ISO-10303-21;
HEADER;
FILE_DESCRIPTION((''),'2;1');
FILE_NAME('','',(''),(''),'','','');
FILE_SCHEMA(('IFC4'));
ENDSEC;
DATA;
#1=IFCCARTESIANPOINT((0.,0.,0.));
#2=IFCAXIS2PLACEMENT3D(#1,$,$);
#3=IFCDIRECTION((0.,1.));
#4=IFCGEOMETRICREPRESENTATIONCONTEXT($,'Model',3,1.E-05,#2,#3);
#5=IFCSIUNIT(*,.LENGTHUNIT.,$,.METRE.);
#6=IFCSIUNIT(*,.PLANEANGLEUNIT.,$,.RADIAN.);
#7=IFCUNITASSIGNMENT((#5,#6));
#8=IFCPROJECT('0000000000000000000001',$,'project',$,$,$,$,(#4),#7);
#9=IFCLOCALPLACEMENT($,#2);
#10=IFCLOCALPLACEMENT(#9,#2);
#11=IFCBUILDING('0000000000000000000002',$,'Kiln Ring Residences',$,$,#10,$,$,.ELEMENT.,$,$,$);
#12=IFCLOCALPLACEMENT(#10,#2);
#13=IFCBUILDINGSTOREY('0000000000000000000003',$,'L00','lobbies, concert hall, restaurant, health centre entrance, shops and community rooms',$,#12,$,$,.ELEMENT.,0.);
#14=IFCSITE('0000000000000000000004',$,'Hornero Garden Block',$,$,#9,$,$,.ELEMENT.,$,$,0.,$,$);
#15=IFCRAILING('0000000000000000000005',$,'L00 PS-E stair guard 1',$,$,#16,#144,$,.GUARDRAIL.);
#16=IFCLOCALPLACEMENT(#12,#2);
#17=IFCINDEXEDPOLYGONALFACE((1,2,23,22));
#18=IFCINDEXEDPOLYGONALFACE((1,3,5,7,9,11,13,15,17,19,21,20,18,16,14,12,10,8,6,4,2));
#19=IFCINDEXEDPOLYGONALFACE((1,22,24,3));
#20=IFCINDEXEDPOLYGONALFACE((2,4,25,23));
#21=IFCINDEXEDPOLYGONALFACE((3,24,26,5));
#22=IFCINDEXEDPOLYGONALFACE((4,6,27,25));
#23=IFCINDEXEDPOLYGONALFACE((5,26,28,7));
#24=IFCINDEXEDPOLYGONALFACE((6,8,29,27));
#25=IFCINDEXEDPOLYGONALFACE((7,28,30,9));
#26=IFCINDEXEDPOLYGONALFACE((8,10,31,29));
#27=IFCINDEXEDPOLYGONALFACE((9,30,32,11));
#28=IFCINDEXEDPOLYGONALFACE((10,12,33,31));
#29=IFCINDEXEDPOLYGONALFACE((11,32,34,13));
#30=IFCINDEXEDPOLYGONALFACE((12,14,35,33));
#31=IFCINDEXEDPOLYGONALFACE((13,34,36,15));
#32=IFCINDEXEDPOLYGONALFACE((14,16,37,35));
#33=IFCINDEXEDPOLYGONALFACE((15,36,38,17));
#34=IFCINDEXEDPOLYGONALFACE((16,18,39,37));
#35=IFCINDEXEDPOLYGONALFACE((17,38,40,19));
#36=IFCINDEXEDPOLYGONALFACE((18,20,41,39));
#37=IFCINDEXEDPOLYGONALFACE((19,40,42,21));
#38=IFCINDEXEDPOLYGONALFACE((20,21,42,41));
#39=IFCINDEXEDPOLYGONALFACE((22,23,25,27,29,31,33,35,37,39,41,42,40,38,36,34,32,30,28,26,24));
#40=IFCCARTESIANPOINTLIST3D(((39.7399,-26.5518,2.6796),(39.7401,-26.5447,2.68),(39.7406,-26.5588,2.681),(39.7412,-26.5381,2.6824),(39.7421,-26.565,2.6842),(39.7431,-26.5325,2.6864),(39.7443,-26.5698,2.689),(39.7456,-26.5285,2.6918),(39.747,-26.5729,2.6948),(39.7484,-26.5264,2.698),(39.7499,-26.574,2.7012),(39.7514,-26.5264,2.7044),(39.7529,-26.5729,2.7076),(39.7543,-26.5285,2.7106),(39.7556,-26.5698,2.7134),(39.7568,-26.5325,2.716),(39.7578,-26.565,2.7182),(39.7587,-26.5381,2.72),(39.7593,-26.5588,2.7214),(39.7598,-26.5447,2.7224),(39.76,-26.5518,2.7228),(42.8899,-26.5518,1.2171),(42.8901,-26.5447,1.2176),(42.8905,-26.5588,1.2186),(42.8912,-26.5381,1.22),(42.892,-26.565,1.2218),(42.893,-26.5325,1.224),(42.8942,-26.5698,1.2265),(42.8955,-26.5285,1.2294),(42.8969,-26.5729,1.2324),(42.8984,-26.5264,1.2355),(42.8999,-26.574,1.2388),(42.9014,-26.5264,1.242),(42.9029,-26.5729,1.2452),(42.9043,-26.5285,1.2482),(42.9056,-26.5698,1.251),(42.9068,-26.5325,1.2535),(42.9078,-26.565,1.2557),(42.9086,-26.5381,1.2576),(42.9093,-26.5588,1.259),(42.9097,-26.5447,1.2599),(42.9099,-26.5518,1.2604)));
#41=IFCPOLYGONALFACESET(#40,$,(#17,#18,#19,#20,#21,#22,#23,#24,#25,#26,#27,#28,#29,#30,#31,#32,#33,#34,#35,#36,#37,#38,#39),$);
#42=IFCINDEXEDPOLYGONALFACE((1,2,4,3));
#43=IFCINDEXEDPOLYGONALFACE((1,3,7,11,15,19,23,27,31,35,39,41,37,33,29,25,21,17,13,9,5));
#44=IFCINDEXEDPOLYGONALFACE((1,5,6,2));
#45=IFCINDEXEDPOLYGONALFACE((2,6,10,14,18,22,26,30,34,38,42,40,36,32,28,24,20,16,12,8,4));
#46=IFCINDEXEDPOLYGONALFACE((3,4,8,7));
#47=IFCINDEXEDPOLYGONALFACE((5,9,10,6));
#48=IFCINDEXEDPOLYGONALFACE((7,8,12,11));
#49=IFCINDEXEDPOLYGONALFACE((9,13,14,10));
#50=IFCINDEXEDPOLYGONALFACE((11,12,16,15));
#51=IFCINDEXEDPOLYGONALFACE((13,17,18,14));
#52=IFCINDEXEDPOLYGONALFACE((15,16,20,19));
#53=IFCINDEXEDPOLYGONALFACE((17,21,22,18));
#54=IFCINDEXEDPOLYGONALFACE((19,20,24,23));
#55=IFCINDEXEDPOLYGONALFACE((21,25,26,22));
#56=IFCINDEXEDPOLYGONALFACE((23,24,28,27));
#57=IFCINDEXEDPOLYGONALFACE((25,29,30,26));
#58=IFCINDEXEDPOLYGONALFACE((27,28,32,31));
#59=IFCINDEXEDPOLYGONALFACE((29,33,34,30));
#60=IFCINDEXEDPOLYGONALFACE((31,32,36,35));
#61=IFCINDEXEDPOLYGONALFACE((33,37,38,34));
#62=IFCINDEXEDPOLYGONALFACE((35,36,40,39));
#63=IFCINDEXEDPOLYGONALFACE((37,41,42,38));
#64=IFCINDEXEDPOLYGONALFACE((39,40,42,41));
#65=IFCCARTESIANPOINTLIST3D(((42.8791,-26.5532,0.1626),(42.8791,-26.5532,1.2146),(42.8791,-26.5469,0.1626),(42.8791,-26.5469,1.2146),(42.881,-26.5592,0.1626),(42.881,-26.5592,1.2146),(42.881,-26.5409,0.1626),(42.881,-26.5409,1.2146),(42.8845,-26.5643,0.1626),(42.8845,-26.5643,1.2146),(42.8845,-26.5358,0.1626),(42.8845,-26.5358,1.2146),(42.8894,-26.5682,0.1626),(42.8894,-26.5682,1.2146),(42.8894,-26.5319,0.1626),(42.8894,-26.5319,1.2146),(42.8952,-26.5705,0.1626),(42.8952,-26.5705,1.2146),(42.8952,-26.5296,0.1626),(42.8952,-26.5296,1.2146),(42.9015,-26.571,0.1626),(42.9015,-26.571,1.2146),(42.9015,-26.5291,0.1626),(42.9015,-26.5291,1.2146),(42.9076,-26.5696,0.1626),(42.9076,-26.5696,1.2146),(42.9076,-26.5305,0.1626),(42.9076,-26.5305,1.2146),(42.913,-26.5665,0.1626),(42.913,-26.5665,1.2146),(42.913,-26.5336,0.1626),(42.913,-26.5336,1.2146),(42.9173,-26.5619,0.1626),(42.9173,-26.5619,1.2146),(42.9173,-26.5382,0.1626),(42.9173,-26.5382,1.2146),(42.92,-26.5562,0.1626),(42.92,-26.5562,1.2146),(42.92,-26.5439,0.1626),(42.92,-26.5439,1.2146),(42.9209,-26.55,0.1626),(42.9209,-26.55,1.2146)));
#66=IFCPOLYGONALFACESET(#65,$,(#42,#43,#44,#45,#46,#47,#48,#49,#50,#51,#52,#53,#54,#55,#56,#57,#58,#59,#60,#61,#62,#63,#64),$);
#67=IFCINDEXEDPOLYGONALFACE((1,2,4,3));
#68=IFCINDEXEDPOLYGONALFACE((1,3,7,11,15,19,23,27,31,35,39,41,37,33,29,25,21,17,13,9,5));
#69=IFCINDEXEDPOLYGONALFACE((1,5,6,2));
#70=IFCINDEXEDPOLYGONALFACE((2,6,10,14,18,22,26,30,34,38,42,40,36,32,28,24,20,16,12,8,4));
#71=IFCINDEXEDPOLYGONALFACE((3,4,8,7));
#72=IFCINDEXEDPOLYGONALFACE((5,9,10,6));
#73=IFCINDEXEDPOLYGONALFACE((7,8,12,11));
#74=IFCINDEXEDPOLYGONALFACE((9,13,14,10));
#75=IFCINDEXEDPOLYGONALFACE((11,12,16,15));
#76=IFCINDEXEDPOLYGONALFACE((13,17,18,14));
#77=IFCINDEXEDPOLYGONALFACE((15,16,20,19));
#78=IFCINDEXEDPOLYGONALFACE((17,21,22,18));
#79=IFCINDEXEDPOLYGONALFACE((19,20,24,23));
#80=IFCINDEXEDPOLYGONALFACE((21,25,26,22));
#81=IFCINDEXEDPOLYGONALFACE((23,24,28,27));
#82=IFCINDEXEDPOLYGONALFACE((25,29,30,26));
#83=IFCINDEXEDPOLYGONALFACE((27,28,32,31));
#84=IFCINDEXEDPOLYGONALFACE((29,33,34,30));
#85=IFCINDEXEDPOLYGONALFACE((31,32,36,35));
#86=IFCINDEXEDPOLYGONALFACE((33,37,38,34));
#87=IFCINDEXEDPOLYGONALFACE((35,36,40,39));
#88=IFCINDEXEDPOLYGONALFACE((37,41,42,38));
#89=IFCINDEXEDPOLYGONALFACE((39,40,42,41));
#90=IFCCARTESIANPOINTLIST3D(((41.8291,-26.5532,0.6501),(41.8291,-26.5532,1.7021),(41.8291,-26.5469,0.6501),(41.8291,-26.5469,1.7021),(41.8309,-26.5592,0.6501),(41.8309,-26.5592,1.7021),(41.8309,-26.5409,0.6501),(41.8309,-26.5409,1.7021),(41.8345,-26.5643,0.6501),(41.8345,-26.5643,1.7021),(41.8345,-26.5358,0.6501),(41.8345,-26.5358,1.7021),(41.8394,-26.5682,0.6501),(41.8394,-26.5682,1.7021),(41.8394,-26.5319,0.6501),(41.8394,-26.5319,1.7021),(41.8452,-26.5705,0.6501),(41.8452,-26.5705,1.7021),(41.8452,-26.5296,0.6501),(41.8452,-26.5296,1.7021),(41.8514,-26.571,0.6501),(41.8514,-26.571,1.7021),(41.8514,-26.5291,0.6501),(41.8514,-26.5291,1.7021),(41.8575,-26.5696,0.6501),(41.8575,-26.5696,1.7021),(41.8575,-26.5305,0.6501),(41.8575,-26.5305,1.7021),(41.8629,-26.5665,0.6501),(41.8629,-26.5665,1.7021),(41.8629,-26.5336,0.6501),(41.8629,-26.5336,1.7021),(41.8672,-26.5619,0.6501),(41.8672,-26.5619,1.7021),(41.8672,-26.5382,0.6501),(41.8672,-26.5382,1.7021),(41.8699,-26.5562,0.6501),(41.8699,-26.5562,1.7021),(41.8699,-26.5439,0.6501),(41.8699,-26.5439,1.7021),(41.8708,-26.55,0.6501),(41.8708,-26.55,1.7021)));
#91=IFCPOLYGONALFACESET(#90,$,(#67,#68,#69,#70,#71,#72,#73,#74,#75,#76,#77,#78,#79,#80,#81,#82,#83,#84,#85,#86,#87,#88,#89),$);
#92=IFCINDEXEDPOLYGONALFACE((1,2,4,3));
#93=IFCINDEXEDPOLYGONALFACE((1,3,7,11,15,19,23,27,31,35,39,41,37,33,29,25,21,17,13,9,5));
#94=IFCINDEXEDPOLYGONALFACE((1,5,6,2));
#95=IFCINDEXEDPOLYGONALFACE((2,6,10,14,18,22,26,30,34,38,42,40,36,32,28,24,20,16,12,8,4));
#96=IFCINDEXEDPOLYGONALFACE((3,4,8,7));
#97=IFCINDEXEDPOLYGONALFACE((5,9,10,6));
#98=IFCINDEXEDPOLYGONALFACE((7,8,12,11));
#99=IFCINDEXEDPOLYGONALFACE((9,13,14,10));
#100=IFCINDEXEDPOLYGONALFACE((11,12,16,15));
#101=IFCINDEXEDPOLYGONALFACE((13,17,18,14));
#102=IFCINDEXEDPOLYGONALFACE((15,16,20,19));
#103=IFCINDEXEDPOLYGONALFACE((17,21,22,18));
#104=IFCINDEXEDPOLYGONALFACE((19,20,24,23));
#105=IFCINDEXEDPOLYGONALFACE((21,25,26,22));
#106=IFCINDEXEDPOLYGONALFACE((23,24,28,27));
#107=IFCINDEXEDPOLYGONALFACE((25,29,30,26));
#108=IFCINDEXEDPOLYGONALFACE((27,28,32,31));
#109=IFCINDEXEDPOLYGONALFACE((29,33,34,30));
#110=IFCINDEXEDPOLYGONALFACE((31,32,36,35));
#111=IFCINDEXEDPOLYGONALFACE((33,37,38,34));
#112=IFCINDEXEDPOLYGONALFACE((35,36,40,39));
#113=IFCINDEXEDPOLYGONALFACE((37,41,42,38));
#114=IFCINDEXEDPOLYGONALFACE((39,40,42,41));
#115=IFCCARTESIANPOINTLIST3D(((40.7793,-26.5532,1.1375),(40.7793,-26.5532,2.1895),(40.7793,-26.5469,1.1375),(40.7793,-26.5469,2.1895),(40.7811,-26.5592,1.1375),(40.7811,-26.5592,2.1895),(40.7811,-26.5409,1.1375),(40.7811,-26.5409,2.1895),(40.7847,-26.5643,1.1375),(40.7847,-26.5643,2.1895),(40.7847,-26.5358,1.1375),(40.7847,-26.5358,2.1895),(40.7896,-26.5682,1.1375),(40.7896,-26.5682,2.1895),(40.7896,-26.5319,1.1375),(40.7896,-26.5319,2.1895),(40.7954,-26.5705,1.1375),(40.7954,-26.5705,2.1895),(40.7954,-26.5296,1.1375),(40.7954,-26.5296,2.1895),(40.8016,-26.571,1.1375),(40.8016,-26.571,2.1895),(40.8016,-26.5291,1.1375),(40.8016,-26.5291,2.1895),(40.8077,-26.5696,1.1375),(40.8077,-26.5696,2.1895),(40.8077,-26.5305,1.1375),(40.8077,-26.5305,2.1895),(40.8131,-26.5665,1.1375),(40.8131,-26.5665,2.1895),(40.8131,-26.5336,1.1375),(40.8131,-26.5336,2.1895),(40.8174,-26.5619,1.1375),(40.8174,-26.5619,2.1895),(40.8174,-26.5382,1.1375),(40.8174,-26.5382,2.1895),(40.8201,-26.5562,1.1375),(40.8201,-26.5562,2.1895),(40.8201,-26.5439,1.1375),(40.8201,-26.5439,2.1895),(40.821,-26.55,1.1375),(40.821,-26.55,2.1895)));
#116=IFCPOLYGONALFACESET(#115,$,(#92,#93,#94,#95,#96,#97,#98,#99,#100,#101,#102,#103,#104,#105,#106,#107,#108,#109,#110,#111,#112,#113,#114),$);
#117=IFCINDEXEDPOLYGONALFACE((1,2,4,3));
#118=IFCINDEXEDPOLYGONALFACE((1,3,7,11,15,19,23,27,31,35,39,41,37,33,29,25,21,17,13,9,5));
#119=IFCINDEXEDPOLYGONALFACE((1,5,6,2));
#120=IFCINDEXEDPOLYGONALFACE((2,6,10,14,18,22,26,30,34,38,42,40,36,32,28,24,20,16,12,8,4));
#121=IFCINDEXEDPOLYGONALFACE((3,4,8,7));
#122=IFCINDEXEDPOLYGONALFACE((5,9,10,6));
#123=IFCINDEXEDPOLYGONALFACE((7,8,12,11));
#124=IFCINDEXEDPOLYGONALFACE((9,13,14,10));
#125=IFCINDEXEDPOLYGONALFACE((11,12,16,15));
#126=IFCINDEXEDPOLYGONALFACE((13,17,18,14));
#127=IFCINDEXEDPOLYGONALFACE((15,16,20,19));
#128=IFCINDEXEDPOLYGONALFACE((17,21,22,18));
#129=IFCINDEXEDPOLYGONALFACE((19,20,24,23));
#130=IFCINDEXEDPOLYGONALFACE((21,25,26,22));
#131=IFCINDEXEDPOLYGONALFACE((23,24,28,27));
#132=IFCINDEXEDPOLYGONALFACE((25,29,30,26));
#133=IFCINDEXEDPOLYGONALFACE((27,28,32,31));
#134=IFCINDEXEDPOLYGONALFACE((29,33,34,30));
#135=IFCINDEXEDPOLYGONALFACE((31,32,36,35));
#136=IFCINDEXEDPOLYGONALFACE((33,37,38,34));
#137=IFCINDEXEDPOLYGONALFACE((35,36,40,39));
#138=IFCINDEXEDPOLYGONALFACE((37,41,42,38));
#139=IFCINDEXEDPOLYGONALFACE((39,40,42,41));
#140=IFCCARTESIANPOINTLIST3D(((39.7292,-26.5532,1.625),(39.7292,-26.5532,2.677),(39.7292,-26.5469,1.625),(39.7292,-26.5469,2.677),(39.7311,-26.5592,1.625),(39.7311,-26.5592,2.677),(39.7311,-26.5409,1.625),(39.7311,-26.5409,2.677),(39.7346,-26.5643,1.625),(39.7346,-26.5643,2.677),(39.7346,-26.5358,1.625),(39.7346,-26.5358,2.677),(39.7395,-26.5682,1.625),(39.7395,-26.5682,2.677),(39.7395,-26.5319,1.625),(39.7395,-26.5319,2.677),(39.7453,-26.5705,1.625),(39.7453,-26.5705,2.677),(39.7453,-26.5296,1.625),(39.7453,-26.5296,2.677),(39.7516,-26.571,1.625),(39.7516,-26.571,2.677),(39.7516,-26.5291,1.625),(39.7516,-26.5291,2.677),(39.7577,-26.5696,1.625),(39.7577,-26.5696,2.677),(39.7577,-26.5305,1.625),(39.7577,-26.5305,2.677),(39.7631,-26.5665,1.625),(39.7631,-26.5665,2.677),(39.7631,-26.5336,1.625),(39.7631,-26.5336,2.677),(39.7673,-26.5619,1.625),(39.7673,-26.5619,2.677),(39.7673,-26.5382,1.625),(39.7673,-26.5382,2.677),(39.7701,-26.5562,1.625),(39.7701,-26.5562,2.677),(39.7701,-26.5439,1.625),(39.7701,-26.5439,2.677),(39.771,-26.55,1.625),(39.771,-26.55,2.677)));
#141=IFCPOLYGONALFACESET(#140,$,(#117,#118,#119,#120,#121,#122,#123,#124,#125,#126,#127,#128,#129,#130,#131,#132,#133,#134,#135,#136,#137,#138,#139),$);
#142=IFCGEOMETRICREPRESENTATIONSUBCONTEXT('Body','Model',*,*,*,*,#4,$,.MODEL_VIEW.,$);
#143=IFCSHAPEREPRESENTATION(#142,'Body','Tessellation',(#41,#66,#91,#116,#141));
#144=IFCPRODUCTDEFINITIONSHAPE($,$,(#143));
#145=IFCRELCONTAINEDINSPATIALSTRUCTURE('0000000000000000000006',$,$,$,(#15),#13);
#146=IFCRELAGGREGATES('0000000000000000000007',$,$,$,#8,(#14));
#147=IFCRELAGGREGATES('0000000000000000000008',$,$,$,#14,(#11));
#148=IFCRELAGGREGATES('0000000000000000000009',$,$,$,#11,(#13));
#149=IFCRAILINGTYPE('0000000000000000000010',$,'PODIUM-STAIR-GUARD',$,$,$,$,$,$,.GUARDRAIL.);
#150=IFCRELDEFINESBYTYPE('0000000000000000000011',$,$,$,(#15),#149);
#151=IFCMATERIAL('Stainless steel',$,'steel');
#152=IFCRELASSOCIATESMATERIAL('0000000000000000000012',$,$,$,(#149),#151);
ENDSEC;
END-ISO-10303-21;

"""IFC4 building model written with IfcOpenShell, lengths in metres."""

from ifc_helpers import new_model, si_unit, direction, frame, origin, origin_2d, place, context, subcontext, project, spatial, circle, extrude, material, type_object, element, save


model = new_model("IFC4")

# Units and contexts
model_context = context("Model", 3, precision=1e-05, world=origin(), true_north=direction((0.0, 1.0)))
body_context = subcontext(model_context, "Body", "Model", "MODEL_VIEW")
ifc_project = project(units=[si_unit("LENGTHUNIT", "METRE"), si_unit("PLANEANGLEUNIT", "RADIAN")], contexts=[model_context])

# Site, building, storey
site_placement = place(None, origin())
site = spatial("IfcSite", under=ifc_project, at=site_placement, Name="Hornero Garden Block", CompositionType="ELEMENT", RefElevation=0.0)
building_placement = place(site_placement, origin())
building = spatial("IfcBuilding", under=site, at=building_placement, Name="Kiln Ring Residences", CompositionType="ELEMENT")
storey_placement = place(building_placement, origin())
storey = spatial("IfcBuildingStorey", under=building, at=storey_placement, Name="L00", Description="lobbies, concert hall, restaurant, health centre entrance, shops and community rooms", CompositionType="ELEMENT", Elevation=0.0)

# Railing
ifc_material_1 = material(Name="Stainless steel", Category="steel")
railing_type_1 = type_object("IfcRailingType", Name="PODIUM-STAIR-GUARD", PredefinedType="GUARDRAIL", material=ifc_material_1)
railing_1_placement = place(storey_placement, frame((42.8999, -26.55, 0.1626)))
element("IfcRailing", 1, at=railing_1_placement, inside=storey, type_object=railing_type_1, Name="L00 PS-E stair guard 1", PredefinedType="GUARDRAIL", context=body_context, shape_type="SweptSolid", body=[
    extrude(circle(Radius=0.0239, at=origin_2d()), frame((0.0, 0.0, 1.0762), z_axis=(-0.907015, 0.0, 0.421099), x_axis=(0.0, -1.0, 0.0)), (0.0, 0.0, 1.0), 3.4729),
    extrude(circle(Radius=0.021, at=origin_2d()), origin(), (0.0, 0.0, 1.0), 1.052),
    extrude(circle(Radius=0.021, at=origin_2d()), frame((-1.05, 0.0, 0.4875)), (0.0, 0.0, 1.0), 1.052),
    extrude(circle(Radius=0.021, at=origin_2d()), frame((-2.0999, 0.0, 0.9749)), (0.0, 0.0, 1.0), 1.052),
    extrude(circle(Radius=0.021, at=origin_2d()), frame((-3.1499, 0.0, 1.4624)), (0.0, 0.0, 1.0), 1.052),
])

save(model, "model.ifc")
